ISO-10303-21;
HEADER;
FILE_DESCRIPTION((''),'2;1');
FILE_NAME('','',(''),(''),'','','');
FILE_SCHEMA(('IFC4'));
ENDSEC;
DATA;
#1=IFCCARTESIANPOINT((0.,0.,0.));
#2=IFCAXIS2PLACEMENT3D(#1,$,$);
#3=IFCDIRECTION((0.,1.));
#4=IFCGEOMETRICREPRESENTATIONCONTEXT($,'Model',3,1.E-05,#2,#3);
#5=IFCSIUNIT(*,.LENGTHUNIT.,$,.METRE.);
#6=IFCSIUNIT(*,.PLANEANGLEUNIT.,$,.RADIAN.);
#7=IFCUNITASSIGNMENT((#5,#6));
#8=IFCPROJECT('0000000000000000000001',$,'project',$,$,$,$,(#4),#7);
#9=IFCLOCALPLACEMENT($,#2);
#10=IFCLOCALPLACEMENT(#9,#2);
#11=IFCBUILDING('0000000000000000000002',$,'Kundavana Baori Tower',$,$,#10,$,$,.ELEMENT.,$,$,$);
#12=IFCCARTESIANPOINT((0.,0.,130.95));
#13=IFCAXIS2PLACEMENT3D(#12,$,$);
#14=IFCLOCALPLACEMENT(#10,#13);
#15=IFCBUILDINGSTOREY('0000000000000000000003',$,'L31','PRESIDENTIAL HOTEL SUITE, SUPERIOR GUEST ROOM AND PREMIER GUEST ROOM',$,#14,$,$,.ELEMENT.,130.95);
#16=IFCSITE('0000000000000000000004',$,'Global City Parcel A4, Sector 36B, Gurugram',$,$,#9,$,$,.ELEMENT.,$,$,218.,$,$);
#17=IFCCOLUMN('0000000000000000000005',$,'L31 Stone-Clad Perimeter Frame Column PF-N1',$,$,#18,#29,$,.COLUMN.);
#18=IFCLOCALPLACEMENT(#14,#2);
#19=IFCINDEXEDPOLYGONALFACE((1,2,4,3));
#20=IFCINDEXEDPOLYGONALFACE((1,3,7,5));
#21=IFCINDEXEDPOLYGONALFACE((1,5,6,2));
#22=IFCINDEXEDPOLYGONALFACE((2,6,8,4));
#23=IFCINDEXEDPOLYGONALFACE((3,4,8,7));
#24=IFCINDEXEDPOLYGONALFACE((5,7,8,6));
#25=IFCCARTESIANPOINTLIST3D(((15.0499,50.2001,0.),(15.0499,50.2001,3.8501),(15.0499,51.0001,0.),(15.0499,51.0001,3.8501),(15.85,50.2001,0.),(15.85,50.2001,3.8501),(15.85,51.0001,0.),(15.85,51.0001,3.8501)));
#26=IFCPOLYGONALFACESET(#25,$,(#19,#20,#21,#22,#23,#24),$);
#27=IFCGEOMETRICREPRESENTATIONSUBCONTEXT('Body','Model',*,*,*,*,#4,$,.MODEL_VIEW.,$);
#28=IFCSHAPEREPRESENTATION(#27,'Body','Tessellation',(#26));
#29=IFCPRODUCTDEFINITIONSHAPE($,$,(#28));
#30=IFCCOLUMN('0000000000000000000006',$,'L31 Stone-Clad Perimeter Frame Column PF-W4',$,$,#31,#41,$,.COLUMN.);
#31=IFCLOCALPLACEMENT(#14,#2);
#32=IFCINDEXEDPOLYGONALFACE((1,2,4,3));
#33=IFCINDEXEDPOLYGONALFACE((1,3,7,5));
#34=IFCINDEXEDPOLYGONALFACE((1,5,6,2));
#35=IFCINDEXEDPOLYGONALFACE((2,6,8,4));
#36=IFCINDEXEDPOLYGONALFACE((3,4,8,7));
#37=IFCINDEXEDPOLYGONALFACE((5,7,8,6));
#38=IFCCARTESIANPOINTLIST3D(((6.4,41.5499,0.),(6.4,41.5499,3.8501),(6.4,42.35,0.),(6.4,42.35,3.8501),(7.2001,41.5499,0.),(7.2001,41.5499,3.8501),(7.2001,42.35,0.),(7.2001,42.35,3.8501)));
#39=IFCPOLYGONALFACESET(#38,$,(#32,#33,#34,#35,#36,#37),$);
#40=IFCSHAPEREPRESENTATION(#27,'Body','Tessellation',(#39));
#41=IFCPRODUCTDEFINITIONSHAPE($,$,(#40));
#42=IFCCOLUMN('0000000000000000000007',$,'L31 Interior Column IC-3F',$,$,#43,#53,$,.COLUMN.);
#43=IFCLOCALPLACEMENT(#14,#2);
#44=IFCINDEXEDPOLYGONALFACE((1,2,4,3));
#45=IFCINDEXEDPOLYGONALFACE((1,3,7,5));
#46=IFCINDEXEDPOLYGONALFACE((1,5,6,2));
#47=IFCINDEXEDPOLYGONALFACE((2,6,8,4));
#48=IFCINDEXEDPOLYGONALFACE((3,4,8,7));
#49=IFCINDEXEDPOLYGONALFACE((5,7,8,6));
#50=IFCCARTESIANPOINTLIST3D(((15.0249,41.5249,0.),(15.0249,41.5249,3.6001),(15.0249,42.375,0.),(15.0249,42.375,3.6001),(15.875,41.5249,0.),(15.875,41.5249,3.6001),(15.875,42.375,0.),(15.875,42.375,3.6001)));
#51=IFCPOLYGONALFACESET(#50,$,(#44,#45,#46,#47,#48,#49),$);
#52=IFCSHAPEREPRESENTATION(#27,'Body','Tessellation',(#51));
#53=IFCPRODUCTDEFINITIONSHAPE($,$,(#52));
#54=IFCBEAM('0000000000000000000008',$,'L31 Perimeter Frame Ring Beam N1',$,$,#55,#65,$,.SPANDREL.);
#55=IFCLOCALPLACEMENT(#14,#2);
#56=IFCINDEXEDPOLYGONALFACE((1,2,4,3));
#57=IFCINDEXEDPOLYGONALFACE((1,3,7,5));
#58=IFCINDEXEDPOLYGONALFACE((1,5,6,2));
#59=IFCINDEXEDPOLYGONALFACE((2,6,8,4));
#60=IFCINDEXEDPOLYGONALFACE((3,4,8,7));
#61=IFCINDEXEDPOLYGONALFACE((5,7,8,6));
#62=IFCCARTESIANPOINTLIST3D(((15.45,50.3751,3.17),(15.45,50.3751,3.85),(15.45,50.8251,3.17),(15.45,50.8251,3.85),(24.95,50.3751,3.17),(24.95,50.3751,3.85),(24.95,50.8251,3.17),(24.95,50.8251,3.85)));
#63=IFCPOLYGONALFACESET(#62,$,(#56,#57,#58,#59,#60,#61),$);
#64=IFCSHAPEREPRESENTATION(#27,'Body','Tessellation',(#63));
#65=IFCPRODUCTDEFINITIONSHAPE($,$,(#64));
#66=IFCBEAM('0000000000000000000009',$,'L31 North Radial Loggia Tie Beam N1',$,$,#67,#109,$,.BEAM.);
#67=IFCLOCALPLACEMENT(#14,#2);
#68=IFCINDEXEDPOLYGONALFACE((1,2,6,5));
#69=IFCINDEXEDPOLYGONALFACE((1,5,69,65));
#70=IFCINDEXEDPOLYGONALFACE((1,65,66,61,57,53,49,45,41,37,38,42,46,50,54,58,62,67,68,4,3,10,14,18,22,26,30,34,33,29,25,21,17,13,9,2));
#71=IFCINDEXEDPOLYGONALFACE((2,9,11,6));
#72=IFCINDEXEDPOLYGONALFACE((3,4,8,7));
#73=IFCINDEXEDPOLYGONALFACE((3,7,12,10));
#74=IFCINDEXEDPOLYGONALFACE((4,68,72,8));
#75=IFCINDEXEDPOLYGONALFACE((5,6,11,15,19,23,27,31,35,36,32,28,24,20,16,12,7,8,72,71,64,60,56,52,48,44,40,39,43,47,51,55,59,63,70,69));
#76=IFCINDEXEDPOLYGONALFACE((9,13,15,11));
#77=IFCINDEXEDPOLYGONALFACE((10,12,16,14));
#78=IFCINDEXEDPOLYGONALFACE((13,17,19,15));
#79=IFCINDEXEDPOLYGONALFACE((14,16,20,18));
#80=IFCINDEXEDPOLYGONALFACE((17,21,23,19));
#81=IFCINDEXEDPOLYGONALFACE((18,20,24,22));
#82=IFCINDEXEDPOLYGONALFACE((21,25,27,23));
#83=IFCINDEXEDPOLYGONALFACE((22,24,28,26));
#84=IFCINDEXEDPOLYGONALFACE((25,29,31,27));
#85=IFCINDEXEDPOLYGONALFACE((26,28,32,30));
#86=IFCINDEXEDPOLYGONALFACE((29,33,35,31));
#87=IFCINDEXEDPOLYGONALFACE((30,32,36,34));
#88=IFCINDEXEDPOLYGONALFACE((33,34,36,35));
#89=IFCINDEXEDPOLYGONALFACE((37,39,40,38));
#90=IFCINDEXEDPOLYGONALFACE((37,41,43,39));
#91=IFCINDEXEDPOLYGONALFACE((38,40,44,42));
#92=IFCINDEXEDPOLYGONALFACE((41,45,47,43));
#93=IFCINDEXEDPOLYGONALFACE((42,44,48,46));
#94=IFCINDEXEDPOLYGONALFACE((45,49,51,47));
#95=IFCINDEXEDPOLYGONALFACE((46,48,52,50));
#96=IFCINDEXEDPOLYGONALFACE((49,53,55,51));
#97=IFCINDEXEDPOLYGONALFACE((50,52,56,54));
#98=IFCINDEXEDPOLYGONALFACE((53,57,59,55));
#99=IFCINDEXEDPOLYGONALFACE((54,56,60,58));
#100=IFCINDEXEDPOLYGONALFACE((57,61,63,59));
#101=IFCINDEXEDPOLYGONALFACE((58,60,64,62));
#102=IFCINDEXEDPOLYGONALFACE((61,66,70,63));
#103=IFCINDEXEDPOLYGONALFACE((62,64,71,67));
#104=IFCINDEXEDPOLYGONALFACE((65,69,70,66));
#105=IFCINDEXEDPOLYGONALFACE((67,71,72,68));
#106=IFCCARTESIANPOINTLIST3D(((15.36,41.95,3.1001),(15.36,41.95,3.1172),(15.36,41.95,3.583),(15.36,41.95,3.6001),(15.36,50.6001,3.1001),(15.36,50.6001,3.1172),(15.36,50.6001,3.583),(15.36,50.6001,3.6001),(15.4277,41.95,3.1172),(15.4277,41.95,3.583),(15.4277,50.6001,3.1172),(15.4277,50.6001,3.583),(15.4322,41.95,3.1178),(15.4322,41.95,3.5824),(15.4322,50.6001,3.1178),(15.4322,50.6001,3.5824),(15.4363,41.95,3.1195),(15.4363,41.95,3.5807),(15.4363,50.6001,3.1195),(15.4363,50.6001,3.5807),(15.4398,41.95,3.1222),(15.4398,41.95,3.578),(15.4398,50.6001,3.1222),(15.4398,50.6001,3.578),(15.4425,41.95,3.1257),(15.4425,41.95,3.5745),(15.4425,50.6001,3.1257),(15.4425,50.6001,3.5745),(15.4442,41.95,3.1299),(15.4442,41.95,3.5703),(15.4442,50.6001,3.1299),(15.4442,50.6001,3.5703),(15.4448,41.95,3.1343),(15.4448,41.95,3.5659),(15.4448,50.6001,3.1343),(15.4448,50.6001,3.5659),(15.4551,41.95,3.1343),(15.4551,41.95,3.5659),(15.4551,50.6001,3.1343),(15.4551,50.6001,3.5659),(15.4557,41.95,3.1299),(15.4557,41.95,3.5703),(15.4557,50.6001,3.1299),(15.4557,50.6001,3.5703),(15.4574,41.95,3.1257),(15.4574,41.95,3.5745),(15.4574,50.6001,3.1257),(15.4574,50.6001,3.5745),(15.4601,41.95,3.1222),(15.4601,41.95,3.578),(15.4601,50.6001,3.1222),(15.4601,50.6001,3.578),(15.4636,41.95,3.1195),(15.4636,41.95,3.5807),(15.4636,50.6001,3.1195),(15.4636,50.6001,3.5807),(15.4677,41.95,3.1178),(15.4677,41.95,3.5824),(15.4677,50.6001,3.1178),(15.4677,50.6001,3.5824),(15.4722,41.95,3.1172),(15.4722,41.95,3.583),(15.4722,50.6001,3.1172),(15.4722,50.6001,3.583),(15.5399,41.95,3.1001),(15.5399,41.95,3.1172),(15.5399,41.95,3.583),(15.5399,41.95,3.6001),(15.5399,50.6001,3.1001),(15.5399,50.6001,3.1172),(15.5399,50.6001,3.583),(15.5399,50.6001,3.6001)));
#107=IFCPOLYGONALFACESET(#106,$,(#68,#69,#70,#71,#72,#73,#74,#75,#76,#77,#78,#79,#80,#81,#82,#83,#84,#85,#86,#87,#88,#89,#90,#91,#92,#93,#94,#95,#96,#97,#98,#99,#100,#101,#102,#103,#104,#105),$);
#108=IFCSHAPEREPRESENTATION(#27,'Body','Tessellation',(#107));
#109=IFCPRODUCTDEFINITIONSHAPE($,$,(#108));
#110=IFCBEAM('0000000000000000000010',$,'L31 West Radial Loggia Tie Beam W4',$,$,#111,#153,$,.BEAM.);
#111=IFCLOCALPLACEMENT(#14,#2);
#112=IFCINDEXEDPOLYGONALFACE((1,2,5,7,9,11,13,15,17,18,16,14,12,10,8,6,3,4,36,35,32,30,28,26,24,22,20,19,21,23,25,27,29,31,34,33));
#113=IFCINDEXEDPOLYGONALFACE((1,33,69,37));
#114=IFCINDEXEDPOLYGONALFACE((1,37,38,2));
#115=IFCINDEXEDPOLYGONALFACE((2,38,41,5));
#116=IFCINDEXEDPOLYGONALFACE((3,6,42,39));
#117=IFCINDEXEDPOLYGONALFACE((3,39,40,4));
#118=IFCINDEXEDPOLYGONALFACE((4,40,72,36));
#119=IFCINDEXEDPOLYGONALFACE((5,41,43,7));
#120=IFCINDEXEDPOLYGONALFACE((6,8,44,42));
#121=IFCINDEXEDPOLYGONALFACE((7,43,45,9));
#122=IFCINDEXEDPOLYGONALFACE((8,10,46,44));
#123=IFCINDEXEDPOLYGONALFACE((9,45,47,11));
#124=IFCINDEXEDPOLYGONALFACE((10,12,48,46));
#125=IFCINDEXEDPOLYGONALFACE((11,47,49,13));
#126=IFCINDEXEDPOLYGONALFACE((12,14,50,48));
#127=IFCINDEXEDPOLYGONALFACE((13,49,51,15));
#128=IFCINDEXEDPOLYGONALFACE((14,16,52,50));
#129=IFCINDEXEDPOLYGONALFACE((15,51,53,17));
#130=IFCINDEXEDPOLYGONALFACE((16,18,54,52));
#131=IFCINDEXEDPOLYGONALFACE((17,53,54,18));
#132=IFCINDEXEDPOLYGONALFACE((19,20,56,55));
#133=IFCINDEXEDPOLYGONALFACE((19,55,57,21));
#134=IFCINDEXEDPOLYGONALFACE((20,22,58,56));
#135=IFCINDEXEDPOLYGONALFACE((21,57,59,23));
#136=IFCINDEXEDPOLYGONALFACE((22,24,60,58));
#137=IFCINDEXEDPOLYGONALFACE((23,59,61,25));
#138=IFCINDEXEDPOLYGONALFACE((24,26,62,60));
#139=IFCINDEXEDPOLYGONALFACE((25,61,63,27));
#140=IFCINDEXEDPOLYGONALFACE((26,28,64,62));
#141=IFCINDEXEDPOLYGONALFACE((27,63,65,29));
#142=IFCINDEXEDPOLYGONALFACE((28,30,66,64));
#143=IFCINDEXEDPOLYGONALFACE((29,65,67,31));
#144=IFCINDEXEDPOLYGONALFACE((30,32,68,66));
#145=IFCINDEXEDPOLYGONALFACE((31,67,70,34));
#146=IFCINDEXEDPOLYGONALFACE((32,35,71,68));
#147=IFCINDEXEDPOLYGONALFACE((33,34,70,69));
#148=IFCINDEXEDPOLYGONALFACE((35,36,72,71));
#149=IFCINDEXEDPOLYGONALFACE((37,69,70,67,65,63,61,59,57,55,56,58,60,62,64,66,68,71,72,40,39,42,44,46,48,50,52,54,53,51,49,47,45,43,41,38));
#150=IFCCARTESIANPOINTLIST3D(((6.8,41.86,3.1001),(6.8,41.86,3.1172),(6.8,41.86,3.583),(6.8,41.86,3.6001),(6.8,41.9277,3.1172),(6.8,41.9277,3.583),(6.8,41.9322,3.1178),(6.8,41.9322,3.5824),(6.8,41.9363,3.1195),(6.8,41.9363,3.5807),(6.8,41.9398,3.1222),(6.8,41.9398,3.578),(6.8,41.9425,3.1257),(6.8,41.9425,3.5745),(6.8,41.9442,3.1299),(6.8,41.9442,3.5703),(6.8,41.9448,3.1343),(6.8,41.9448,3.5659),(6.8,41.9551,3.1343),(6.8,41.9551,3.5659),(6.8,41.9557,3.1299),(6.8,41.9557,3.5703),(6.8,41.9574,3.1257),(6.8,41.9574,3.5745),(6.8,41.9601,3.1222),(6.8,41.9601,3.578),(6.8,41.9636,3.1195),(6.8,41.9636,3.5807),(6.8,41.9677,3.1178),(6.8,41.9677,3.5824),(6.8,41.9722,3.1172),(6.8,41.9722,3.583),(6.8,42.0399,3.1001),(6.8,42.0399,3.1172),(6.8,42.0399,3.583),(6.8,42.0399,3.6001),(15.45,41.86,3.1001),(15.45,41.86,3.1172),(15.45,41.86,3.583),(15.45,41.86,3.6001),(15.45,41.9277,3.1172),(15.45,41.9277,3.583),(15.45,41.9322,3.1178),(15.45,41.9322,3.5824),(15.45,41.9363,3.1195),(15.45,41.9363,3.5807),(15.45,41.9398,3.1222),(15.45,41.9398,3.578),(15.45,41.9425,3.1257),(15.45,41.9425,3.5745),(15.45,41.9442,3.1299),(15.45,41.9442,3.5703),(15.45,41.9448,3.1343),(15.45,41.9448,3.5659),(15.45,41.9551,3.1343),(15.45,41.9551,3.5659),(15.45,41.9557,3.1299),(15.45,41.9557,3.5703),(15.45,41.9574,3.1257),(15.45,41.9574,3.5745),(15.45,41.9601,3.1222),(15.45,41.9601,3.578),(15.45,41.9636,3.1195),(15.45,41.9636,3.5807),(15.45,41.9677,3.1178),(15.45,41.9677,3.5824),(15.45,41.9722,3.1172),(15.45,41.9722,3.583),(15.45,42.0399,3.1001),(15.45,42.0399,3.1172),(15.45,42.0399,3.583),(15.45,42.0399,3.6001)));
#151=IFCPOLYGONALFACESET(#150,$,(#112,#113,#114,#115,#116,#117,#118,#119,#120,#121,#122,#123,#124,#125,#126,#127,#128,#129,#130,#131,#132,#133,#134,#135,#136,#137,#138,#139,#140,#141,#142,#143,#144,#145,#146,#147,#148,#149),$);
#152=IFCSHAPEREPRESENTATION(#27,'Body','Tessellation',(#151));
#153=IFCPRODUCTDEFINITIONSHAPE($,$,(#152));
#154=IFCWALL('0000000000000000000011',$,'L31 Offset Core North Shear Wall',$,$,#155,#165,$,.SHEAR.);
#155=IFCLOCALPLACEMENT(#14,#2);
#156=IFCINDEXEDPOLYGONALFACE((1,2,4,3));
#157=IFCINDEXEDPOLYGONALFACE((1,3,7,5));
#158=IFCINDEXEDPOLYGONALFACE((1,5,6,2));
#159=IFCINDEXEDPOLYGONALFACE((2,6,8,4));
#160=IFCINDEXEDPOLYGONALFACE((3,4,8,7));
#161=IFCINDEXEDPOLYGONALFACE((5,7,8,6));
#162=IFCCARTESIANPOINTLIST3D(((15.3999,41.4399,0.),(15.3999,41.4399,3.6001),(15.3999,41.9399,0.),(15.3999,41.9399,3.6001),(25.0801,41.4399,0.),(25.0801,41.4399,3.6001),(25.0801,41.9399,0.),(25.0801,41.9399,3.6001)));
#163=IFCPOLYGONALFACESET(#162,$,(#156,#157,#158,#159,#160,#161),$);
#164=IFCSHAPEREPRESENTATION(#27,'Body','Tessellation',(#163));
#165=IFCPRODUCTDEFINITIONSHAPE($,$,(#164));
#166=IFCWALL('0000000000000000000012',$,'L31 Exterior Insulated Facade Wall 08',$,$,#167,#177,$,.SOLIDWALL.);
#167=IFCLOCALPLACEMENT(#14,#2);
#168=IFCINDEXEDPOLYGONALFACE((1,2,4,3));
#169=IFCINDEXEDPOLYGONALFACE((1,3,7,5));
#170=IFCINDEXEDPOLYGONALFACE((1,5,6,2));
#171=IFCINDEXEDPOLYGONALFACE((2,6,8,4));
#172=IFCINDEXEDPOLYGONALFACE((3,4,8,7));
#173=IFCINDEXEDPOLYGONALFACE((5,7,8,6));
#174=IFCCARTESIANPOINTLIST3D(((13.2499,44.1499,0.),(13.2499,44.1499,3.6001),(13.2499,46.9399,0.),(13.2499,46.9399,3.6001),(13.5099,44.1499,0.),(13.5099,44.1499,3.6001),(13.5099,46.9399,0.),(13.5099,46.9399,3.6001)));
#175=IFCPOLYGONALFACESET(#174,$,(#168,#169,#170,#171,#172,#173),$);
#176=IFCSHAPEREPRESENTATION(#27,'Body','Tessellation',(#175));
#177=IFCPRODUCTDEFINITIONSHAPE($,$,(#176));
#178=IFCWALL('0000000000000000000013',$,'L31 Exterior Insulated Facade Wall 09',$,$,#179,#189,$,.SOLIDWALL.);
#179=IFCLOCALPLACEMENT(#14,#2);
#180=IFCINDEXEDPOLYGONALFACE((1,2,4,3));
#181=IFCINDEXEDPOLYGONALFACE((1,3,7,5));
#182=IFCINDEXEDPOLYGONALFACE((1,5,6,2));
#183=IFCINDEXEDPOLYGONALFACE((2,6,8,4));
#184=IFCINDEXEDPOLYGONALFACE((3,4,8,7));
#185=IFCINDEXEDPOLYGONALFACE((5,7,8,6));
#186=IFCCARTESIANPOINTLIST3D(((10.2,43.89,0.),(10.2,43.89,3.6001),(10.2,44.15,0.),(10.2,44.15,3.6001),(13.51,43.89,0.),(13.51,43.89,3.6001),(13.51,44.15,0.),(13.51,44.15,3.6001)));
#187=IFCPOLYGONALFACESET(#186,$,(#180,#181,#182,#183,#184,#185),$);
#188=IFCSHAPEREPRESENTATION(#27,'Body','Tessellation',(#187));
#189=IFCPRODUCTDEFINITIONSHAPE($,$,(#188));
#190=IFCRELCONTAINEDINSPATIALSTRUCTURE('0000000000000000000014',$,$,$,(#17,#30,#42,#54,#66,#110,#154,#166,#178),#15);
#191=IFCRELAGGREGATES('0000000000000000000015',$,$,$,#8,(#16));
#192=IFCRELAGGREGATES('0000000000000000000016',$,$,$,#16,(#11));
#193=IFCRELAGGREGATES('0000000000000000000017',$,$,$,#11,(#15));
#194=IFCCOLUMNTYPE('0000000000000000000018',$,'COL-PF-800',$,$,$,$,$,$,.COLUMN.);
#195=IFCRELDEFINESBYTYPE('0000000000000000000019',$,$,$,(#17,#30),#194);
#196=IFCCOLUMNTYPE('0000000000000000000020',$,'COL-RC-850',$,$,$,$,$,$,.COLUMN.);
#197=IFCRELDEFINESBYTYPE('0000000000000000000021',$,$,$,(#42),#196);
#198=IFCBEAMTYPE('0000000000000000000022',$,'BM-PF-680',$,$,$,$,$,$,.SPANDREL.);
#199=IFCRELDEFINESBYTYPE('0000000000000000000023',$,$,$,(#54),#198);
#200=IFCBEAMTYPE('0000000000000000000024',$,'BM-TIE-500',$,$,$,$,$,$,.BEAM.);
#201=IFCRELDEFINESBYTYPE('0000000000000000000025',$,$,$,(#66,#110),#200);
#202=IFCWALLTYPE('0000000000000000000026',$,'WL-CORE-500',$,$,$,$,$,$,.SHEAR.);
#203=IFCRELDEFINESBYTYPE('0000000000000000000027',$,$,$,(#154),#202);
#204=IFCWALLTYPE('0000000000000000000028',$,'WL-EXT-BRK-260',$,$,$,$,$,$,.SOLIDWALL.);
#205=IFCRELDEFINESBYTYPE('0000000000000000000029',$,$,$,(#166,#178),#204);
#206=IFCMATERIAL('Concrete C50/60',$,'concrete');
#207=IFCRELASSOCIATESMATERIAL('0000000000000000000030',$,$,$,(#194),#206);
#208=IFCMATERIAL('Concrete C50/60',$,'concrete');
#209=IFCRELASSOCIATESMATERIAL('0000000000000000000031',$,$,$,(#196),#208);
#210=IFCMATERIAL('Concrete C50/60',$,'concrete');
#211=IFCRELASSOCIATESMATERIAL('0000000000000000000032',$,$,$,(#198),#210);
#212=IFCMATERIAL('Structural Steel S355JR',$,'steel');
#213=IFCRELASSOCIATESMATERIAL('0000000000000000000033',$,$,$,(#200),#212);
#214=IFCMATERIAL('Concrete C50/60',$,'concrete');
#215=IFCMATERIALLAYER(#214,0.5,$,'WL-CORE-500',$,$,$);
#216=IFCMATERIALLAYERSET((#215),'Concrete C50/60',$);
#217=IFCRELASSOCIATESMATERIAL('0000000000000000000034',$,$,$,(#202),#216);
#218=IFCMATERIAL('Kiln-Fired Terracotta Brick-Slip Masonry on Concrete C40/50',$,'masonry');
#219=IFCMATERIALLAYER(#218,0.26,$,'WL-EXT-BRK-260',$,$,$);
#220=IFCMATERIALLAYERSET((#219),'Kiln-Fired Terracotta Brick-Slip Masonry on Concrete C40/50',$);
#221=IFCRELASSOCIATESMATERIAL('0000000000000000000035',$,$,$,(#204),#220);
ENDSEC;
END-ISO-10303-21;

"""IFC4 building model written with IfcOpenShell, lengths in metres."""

from ifc_helpers import new_model, si_unit, direction, frame, frame_2d, origin, origin_2d, place, context, subcontext, project, spatial, rectangle, i_section, extrude, material, layer, layer_set, material_profile, profile_set, type_object, element, save


model = new_model("IFC4")

# Units and contexts
model_context = context("Model", 3, precision=1e-05, world=origin(), true_north=direction((0.0, 1.0)))
body_context = subcontext(model_context, "Body", "Model", "MODEL_VIEW")
ifc_project = project(units=[si_unit("LENGTHUNIT", "METRE"), si_unit("PLANEANGLEUNIT", "RADIAN")], contexts=[model_context])

# Site, building, storey
site_placement = place(None, origin())
site = spatial("IfcSite", under=ifc_project, at=site_placement, Name="Global City Parcel A4, Sector 36B, Gurugram", CompositionType="ELEMENT", RefElevation=218.0)
building_placement = place(site_placement, origin())
building = spatial("IfcBuilding", under=site, at=building_placement, Name="Kundavana Baori Tower", CompositionType="ELEMENT")
storey_placement = place(building_placement, frame((0.0, 0.0, 130.95)))
storey = spatial("IfcBuildingStorey", under=building, at=storey_placement, Name="L31", Description="PRESIDENTIAL HOTEL SUITE, SUPERIOR GUEST ROOM AND PREMIER GUEST ROOM", CompositionType="ELEMENT", Elevation=130.95)

# Columns
ifc_material_1 = material(Name="Concrete C50/60", Category="concrete")
ifc_material_profile_1 = material_profile(ifc_material_1, rectangle(XDim=0.8, YDim=0.8, at=origin_2d()), Name="RC PF 800x800")
ifc_profile_set_1 = profile_set([ifc_material_profile_1], Name="Concrete C50/60")
column_type_1 = type_object("IfcColumnType", Name="COL-PF-800", PredefinedType="COLUMN", material=ifc_profile_set_1)
for number, where, z_axis, x_axis, name in (
    (1, (15.45, 50.6001, 0.0), (0.0, 0.0, 1.0), (1.0, 0.0, 0.0), "L31 Stone-Clad Perimeter Frame Column PF-N1"),
    (2, (6.8, 41.95, 0.0), (0.0, 0.0, 1.0), (1.0, 0.0, 0.0), "L31 Stone-Clad Perimeter Frame Column PF-W4"),
):
    element("IfcColumn", number, at=place(storey_placement, frame(where, z_axis=z_axis, x_axis=x_axis)), inside=storey, type_object=column_type_1, Name=name, PredefinedType="COLUMN", context=body_context, shape_type="SweptSolid", body=[
        extrude(rectangle(XDim=0.8, YDim=0.8, at=origin_2d()), origin(), (0.0, 0.0, 1.0), 3.8501),
    ])
ifc_material_2 = material(Name="Concrete C50/60", Category="concrete")
ifc_material_profile_2 = material_profile(ifc_material_2, rectangle(XDim=0.8501, YDim=0.8501, at=origin_2d()), Name="RC 850x850")
ifc_profile_set_2 = profile_set([ifc_material_profile_2], Name="Concrete C50/60")
column_type_2 = type_object("IfcColumnType", Name="COL-RC-850", PredefinedType="COLUMN", material=ifc_profile_set_2)
column_placement = place(storey_placement, frame((15.45, 41.95, 0.0), z_axis=(0.0, 0.0, 1.0), x_axis=(1.0, 0.0, 0.0)))
element("IfcColumn", 3, at=column_placement, inside=storey, type_object=column_type_2, Name="L31 Interior Column IC-3F", PredefinedType="COLUMN", context=body_context, shape_type="SweptSolid", body=[
    extrude(rectangle(XDim=0.8501, YDim=0.8501, at=origin_2d()), origin(), (0.0, 0.0, 1.0), 3.6001),
])

# Beams
ifc_material_3 = material(Name="Concrete C50/60", Category="concrete")
ifc_material_profile_3 = material_profile(ifc_material_3, rectangle(XDim=0.45, YDim=0.6799, at=origin_2d()), Name="RC BM 450x680")
ifc_profile_set_3 = profile_set([ifc_material_profile_3], Name="Concrete C50/60")
beam_type_1 = type_object("IfcBeamType", Name="BM-PF-680", PredefinedType="SPANDREL", material=ifc_profile_set_3)
beam_1_placement = place(storey_placement, frame((15.45, 50.6001, 3.51), z_axis=(1.0, 0.0, 0.0), x_axis=(0.0, 1.0, 0.0)))
element("IfcBeam", 4, at=beam_1_placement, inside=storey, type_object=beam_type_1, Name="L31 Perimeter Frame Ring Beam N1", PredefinedType="SPANDREL", context=body_context, shape_type="SweptSolid", body=[
    extrude(rectangle(XDim=0.45, YDim=0.6799, at=origin_2d()), origin(), (0.0, 0.0, 1.0), 9.5),
])
ifc_material_4 = material(Name="Structural Steel S355JR", Category="steel")
ifc_material_profile_4 = material_profile(ifc_material_4, i_section(OverallWidth=0.1799, OverallDepth=0.5, WebThickness=0.0103, FlangeThickness=0.0171, FilletRadius=0.0171, at=origin_2d()), Name="ISMB 500")
ifc_profile_set_4 = profile_set([ifc_material_profile_4], Name="Structural Steel S355JR")
beam_type_2 = type_object("IfcBeamType", Name="BM-TIE-500", PredefinedType="BEAM", material=ifc_profile_set_4)
beam_2_placement = place(storey_placement, frame((15.45, 41.95, 3.3501), z_axis=(0.0, 1.0, 0.0), x_axis=(-1.0, 0.0, 0.0)))
element("IfcBeam", 5, at=beam_2_placement, inside=storey, type_object=beam_type_2, Name="L31 North Radial Loggia Tie Beam N1", PredefinedType="BEAM", context=body_context, shape_type="SweptSolid", body=[
    extrude(i_section(OverallWidth=0.1799, OverallDepth=0.5, WebThickness=0.0103, FlangeThickness=0.0171, FilletRadius=0.0171, at=origin_2d()), origin(), (0.0, 0.0, 1.0), 8.6501),
])
beam_3_placement = place(storey_placement, frame((15.45, 41.95, 3.3501), z_axis=(-1.0, 0.0, 0.0), x_axis=(0.0, -1.0, 0.0)))
element("IfcBeam", 6, at=beam_3_placement, inside=storey, type_object=beam_type_2, Name="L31 West Radial Loggia Tie Beam W4", PredefinedType="BEAM", context=body_context, shape_type="SweptSolid", body=[
    extrude(i_section(OverallWidth=0.1799, OverallDepth=0.5, WebThickness=0.0103, FlangeThickness=0.0171, FilletRadius=0.0171, at=origin_2d()), origin(), (0.0, 0.0, 1.0), 8.6499),
])

# Walls
ifc_material_5 = material(Name="Concrete C50/60", Category="concrete")
ifc_layer_1 = layer(ifc_material_5, 0.5, Name="WL-CORE-500")
ifc_layer_set_1 = layer_set([ifc_layer_1], Name="Concrete C50/60")
wall_type_1 = type_object("IfcWallType", Name="WL-CORE-500", PredefinedType="SHEAR", material=ifc_layer_set_1)
wall_1_placement = place(storey_placement, frame((15.3999, 41.6899, 0.0), z_axis=(0.0, 0.0, 1.0), x_axis=(1.0, 0.0, 0.0)))
element("IfcWall", 7, at=wall_1_placement, inside=storey, type_object=wall_type_1, Name="L31 Offset Core North Shear Wall", PredefinedType="SHEAR", context=body_context, shape_type="SweptSolid", body=[
    extrude(rectangle(XDim=9.6802, YDim=0.5, at=frame_2d((4.8401, 0.0))), origin(), (0.0, 0.0, 1.0), 3.6001),
])
ifc_material_6 = material(Name="Kiln-Fired Terracotta Brick-Slip Masonry on Concrete C40/50", Category="masonry")
ifc_layer_2 = layer(ifc_material_6, 0.26, Name="WL-EXT-BRK-260")
ifc_layer_set_2 = layer_set([ifc_layer_2], Name="Kiln-Fired Terracotta Brick-Slip Masonry on Concrete C40/50")
wall_type_2 = type_object("IfcWallType", Name="WL-EXT-BRK-260", PredefinedType="SOLIDWALL", material=ifc_layer_set_2)
wall_2_placement = place(storey_placement, frame((13.3799, 46.9399, 0.0), z_axis=(0.0, 0.0, 1.0), x_axis=(0.0, -1.0, 0.0)))
element("IfcWall", 8, at=wall_2_placement, inside=storey, type_object=wall_type_2, Name="L31 Exterior Insulated Facade Wall 08", PredefinedType="SOLIDWALL", context=body_context, shape_type="SweptSolid", body=[
    extrude(rectangle(XDim=2.79, YDim=0.26, at=frame_2d((1.395, 0.0))), origin(), (0.0, 0.0, 1.0), 3.6001),
])
wall_3_placement = place(storey_placement, frame((13.51, 44.02, 0.0), z_axis=(0.0, 0.0, 1.0), x_axis=(-1.0, 0.0, 0.0)))
element("IfcWall", 9, at=wall_3_placement, inside=storey, type_object=wall_type_2, Name="L31 Exterior Insulated Facade Wall 09", PredefinedType="SOLIDWALL", context=body_context, shape_type="SweptSolid", body=[
    extrude(rectangle(XDim=3.3101, YDim=0.26, at=frame_2d((1.655, 0.0))), origin(), (0.0, 0.0, 1.0), 3.6001),
])

save(model, "model.ifc")
